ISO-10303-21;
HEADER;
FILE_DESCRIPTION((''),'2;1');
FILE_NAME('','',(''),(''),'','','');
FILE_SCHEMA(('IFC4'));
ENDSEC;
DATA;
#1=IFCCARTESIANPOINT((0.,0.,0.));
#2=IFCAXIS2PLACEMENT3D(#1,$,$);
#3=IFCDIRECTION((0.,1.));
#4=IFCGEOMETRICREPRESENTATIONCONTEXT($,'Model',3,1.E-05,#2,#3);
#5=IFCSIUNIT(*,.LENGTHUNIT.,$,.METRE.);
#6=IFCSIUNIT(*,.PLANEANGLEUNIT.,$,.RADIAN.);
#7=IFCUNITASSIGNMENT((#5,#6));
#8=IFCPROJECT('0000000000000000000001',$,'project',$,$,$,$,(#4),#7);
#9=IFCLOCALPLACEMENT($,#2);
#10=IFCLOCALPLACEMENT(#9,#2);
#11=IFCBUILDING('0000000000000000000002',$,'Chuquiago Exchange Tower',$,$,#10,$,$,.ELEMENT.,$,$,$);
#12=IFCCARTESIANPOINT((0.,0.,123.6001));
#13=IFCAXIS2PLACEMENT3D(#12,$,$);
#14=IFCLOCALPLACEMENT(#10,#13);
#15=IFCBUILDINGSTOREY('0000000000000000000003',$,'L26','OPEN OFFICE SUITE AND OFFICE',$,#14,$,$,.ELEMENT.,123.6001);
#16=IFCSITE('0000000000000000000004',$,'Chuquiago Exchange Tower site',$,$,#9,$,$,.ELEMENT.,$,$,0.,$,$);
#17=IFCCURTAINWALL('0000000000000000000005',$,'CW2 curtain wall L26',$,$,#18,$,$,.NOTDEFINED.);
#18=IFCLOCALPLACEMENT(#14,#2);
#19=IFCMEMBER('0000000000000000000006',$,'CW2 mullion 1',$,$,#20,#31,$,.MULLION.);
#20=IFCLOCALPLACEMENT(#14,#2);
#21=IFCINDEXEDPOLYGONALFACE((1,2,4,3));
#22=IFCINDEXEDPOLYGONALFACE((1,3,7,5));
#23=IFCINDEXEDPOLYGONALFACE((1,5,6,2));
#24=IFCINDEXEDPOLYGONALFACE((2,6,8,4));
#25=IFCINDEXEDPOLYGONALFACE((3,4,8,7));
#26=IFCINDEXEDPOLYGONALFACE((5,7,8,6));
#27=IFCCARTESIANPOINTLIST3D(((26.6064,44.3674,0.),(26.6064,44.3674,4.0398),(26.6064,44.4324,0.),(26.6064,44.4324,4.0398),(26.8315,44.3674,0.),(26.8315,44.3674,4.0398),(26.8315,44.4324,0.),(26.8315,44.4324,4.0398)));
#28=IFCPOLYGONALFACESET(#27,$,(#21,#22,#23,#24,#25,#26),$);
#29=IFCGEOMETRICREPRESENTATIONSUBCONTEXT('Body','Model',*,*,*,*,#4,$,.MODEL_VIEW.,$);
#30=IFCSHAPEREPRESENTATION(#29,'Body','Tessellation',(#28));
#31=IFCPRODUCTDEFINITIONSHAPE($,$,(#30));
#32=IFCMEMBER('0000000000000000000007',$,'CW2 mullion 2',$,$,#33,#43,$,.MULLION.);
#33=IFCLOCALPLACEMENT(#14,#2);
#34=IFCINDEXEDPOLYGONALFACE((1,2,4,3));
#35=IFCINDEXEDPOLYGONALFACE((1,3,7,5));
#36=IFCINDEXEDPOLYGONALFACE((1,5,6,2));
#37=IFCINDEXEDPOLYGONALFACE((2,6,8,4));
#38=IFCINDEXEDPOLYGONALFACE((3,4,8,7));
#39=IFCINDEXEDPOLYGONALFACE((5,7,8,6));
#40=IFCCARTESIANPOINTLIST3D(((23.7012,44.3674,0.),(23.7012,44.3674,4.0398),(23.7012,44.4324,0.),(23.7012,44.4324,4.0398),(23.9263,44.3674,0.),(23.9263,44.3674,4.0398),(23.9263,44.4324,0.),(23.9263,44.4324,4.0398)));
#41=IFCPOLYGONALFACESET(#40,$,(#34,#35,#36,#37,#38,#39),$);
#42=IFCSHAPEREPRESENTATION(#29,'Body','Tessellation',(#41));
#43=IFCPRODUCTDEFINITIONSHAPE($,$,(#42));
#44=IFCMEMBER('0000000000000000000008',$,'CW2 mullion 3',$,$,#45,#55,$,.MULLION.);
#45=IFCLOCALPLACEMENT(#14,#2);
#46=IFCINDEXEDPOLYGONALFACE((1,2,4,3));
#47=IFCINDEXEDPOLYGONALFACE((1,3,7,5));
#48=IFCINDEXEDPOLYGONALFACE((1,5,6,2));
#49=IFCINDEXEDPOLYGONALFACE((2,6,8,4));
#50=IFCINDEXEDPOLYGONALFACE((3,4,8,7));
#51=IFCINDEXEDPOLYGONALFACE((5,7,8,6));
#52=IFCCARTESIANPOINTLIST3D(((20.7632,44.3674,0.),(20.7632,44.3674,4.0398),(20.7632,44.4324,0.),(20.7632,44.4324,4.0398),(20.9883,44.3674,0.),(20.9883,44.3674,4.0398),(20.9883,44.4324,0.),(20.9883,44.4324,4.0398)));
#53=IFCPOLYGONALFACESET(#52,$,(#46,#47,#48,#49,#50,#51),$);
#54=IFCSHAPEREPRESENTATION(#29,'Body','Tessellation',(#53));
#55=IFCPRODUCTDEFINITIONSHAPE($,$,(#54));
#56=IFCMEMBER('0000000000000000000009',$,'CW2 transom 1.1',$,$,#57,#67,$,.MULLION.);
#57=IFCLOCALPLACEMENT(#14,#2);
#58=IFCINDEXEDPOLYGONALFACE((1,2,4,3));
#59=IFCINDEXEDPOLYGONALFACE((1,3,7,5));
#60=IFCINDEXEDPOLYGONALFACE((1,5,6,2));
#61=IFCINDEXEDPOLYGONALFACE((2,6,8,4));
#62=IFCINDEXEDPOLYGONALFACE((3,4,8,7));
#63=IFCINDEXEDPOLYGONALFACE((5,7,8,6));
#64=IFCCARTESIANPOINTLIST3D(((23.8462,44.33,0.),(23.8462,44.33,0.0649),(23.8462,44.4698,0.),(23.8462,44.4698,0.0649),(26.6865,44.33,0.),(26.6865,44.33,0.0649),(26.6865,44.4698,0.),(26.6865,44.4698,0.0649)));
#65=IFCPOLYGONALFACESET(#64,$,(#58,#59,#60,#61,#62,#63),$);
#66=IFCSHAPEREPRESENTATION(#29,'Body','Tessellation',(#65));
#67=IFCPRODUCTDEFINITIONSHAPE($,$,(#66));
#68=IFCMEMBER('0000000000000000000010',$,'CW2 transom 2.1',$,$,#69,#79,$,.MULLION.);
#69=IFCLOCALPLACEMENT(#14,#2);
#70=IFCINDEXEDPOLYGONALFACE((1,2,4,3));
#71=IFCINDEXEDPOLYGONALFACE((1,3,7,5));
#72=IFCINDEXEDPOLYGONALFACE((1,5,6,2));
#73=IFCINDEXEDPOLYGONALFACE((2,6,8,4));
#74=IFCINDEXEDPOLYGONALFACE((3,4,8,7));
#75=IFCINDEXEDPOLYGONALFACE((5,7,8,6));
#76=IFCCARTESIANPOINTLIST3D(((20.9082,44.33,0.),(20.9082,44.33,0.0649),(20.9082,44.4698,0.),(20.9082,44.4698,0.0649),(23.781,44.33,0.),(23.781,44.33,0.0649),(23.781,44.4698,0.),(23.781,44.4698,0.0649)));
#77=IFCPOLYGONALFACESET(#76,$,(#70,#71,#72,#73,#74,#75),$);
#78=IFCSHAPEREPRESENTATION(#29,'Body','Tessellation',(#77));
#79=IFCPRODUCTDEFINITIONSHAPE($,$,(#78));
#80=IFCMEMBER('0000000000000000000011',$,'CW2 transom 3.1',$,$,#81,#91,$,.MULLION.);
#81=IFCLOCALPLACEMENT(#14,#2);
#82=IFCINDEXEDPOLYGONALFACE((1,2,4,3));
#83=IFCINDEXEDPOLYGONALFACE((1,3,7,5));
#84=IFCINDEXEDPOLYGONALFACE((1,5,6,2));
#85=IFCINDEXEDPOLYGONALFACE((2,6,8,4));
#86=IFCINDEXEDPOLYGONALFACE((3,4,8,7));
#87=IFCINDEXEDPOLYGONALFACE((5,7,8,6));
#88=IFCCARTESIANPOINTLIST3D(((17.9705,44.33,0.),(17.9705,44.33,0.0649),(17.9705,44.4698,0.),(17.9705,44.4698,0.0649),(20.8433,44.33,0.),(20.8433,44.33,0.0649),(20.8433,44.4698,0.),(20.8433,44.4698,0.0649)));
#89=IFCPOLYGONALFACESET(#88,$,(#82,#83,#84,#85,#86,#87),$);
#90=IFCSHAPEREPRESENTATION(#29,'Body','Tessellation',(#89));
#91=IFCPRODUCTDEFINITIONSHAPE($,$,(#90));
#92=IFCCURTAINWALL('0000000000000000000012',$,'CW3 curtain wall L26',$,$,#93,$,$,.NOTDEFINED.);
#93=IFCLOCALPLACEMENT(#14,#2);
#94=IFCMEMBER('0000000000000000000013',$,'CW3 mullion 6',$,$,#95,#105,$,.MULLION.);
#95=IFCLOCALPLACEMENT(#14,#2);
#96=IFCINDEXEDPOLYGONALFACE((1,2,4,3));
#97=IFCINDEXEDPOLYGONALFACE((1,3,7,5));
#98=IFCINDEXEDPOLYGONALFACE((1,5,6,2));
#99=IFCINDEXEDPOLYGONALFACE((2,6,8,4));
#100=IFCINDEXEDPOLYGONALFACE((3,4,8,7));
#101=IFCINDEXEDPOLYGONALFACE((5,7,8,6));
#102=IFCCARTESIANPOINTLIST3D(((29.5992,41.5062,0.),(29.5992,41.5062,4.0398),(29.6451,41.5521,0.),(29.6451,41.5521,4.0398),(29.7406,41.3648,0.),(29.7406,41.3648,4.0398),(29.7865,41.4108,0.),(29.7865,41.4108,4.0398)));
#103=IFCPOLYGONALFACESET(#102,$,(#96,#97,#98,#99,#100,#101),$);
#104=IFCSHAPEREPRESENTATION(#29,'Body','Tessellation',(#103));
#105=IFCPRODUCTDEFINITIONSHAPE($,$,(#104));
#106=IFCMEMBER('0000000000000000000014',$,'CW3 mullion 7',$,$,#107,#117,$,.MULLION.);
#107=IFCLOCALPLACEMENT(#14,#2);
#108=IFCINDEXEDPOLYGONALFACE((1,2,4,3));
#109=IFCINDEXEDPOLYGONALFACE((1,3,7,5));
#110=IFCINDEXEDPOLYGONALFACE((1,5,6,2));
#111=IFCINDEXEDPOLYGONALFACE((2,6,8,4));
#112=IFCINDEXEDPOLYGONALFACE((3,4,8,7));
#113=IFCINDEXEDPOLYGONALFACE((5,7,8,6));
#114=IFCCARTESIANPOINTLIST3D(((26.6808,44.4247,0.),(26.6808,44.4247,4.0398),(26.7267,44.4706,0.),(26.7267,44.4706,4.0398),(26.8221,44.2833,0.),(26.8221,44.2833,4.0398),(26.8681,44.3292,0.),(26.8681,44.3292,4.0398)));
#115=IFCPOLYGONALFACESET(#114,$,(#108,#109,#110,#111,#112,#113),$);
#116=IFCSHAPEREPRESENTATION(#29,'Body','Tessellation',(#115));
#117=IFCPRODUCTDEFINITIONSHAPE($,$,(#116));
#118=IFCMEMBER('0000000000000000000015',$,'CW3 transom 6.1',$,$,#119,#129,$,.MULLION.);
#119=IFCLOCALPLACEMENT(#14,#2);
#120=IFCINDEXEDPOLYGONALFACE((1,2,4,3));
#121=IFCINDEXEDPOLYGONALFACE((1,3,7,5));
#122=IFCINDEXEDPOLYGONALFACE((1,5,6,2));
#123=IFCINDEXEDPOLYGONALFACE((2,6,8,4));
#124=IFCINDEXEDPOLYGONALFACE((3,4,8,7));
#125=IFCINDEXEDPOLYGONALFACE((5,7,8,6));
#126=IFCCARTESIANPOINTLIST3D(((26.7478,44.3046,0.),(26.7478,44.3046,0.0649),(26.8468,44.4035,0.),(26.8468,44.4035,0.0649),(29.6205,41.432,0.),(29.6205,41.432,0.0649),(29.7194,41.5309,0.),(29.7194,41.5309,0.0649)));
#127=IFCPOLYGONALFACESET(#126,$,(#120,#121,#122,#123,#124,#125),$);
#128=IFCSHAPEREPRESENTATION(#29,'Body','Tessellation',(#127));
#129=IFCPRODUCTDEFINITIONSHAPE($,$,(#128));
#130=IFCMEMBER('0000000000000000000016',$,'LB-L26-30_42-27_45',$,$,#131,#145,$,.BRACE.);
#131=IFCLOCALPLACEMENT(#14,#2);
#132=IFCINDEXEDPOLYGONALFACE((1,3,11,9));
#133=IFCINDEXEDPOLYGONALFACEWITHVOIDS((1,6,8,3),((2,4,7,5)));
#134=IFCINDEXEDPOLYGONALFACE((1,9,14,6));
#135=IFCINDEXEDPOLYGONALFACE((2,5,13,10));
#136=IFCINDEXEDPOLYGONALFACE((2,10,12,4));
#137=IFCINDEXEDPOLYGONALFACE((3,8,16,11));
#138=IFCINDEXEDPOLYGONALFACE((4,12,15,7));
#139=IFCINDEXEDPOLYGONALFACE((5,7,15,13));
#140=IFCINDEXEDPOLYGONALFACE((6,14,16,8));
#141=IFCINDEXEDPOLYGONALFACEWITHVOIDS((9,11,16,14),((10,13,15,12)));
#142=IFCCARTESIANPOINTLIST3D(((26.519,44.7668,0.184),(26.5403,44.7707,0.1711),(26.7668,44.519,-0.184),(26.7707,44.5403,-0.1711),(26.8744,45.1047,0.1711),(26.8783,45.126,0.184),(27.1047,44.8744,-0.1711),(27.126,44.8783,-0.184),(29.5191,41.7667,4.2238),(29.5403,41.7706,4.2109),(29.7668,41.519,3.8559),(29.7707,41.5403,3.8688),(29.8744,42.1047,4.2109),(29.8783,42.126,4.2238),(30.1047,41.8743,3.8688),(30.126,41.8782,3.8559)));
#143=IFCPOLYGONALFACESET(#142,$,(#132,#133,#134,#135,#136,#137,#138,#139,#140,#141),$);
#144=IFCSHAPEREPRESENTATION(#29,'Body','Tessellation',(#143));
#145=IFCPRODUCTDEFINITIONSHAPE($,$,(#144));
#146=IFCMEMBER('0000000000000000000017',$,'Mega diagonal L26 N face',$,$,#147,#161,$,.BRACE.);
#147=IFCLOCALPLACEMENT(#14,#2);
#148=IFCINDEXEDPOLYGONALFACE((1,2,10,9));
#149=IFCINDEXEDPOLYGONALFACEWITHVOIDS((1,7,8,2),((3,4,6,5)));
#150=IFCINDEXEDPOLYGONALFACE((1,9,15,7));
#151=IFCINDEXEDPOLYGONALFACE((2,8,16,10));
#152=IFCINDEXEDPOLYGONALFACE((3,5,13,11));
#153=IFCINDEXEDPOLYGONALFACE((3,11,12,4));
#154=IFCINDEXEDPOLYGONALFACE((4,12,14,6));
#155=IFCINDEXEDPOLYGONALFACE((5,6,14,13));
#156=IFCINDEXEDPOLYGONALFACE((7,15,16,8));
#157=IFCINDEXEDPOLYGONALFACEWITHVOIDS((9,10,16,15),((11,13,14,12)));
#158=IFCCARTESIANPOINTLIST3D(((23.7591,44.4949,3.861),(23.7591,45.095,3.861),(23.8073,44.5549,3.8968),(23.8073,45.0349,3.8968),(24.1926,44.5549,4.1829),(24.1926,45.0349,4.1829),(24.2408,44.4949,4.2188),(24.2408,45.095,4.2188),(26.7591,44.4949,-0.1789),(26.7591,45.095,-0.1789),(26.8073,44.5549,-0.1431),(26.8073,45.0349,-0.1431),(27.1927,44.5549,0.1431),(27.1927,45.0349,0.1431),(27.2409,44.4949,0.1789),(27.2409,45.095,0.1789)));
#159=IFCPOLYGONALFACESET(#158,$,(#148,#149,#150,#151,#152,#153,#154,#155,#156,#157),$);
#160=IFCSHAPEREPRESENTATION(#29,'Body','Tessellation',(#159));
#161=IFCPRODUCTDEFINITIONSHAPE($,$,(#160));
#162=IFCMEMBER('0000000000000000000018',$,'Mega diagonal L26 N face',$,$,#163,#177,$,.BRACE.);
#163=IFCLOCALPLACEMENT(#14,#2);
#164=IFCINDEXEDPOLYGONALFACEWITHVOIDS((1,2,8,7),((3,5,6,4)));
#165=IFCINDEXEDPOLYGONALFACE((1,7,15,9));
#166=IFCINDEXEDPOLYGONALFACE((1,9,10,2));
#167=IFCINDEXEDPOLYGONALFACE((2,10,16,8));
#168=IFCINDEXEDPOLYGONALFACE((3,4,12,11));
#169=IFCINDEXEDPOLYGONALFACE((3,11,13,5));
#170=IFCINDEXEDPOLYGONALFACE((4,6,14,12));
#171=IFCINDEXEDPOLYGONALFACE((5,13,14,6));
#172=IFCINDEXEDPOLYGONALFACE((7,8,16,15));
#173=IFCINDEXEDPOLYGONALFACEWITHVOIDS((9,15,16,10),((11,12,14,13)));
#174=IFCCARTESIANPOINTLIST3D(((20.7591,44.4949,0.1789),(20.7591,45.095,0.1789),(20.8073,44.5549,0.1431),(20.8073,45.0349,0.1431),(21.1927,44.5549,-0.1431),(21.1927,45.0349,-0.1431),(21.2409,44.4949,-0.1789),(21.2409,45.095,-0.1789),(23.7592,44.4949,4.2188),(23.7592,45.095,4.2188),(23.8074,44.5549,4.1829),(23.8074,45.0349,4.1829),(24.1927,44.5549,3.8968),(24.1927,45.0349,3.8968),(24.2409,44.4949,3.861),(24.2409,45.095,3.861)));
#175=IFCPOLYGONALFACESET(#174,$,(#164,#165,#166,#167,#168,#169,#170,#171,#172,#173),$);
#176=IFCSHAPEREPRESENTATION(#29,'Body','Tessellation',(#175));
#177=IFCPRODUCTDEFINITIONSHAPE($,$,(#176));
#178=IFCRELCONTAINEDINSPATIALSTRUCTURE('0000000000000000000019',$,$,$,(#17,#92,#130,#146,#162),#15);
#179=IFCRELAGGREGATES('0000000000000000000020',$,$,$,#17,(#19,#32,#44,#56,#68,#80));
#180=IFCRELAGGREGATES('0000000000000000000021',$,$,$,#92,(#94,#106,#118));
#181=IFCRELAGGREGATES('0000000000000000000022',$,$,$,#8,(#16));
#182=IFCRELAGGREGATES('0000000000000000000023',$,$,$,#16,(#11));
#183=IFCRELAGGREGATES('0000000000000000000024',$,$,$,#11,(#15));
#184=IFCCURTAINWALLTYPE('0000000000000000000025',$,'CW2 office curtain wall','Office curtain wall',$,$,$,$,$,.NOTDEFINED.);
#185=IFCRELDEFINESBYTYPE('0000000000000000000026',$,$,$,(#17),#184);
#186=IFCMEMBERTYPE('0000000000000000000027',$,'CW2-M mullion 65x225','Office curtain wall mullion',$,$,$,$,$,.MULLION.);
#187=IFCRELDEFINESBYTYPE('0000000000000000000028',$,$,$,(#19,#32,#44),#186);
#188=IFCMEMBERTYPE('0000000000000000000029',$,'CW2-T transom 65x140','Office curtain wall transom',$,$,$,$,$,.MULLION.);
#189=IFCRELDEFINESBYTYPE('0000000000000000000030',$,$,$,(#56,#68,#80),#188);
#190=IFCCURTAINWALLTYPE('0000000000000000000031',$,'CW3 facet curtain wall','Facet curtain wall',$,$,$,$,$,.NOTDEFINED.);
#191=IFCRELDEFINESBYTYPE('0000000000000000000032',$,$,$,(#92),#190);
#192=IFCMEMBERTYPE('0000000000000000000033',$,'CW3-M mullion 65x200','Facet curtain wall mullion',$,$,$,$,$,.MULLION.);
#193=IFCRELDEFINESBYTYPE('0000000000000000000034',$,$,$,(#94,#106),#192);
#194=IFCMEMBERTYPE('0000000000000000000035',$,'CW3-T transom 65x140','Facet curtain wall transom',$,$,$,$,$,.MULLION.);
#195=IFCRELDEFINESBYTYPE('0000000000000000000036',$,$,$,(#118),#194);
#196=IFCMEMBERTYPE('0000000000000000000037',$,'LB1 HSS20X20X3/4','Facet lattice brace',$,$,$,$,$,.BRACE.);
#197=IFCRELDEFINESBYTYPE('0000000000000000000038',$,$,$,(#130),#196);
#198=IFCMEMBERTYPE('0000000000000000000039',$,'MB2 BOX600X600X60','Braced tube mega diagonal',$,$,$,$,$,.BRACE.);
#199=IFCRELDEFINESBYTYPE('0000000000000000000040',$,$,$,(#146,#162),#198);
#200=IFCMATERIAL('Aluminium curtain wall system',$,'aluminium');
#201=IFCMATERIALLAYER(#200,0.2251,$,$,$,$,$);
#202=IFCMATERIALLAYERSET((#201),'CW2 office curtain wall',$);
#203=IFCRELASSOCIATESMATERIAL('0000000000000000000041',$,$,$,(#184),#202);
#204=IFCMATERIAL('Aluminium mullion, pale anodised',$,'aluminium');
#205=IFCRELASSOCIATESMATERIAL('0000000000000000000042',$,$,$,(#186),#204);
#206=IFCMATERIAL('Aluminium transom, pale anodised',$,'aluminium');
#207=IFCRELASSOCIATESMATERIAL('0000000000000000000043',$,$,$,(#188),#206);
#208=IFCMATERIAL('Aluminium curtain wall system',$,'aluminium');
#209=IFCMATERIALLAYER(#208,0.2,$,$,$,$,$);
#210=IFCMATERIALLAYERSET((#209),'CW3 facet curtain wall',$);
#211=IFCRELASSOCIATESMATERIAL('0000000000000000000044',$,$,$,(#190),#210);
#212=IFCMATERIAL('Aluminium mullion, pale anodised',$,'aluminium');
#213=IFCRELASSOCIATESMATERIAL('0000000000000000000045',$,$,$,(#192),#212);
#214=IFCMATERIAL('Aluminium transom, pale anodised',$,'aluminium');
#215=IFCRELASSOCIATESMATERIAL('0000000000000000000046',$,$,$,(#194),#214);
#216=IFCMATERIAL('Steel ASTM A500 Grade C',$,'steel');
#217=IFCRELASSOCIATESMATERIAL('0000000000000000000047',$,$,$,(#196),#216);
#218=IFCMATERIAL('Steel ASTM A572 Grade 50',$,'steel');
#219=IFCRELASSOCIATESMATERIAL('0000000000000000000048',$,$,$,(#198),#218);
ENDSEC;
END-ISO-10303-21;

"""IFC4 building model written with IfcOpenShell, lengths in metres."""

from ifc_helpers import new_model, si_unit, direction, frame, origin, origin_2d, place, context, subcontext, project, spatial, rectangle, hollow_rectangle, extrude, material, layer, layer_set, material_profile, profile_set, type_object, element, aggregate, save


model = new_model("IFC4")

# Units and contexts
model_context = context("Model", 3, precision=1e-05, world=origin(), true_north=direction((0.0, 1.0)))
body_context = subcontext(model_context, "Body", "Model", "MODEL_VIEW")
ifc_project = project(units=[si_unit("LENGTHUNIT", "METRE"), si_unit("PLANEANGLEUNIT", "RADIAN")], contexts=[model_context])

# Site, building, storey
site_placement = place(None, origin())
site = spatial("IfcSite", under=ifc_project, at=site_placement, Name="Chuquiago Exchange Tower site", CompositionType="ELEMENT", RefElevation=0.0)
building_placement = place(site_placement, origin())
building = spatial("IfcBuilding", under=site, at=building_placement, Name="Chuquiago Exchange Tower", CompositionType="ELEMENT")
storey_placement = place(building_placement, frame((0.0, 0.0, 123.6001)))
storey = spatial("IfcBuildingStorey", under=building, at=storey_placement, Name="L26", Description="OPEN OFFICE SUITE AND OFFICE", CompositionType="ELEMENT", Elevation=123.6001)

# Curtain walls, members
ifc_material_1 = material(Name="Aluminium curtain wall system", Category="aluminium")
ifc_layer_1 = layer(ifc_material_1, 0.2251)
ifc_layer_set_1 = layer_set([ifc_layer_1], Name="CW2 office curtain wall")
curtain_wall_type_1 = type_object("IfcCurtainWallType", Name="CW2 office curtain wall", Description="Office curtain wall", PredefinedType="NOTDEFINED", material=ifc_layer_set_1)
curtain_wall_1_placement = place(storey_placement, origin())
curtain_wall_1 = element("IfcCurtainWall", 1, at=curtain_wall_1_placement, inside=storey, type_object=curtain_wall_type_1, Name="CW2 curtain wall L26", PredefinedType="NOTDEFINED")
ifc_material_2 = material(Name="Aluminium mullion, pale anodised", Category="aluminium")
ifc_material_profile_1 = material_profile(ifc_material_2, rectangle(XDim=0.0649, YDim=0.2251, at=origin_2d()), Name="AL 65x225")
ifc_profile_set_1 = profile_set([ifc_material_profile_1], Name="Aluminium mullion, pale anodised")
member_type_1 = type_object("IfcMemberType", Name="CW2-M mullion 65x225", Description="Office curtain wall mullion", PredefinedType="MULLION", material=ifc_profile_set_1)
member_1_placement = place(storey_placement, frame((26.719, 44.3999, 0.0), z_axis=(0.0, 0.0, 1.0), x_axis=(0.0, -1.0, 0.0)))
member_1 = element("IfcMember", 2, at=member_1_placement, type_object=member_type_1, Name="CW2 mullion 1", PredefinedType="MULLION", context=body_context, shape_type="SweptSolid", body=[
    extrude(rectangle(XDim=0.0649, YDim=0.2251, at=origin_2d()), origin(), (0.0, 0.0, 1.0), 4.0398),
])
member_2_placement = place(storey_placement, frame((23.8137, 44.3999, 0.0), z_axis=(0.0, 0.0, 1.0), x_axis=(0.0, -1.0, 0.0)))
member_2 = element("IfcMember", 3, at=member_2_placement, type_object=member_type_1, Name="CW2 mullion 2", PredefinedType="MULLION", context=body_context, shape_type="SweptSolid", body=[
    extrude(rectangle(XDim=0.0649, YDim=0.2251, at=origin_2d()), origin(), (0.0, 0.0, 1.0), 4.0398),
])
member_3_placement = place(storey_placement, frame((20.8757, 44.3999, 0.0), z_axis=(0.0, 0.0, 1.0), x_axis=(0.0, -1.0, 0.0)))
member_3 = element("IfcMember", 4, at=member_3_placement, type_object=member_type_1, Name="CW2 mullion 3", PredefinedType="MULLION", context=body_context, shape_type="SweptSolid", body=[
    extrude(rectangle(XDim=0.0649, YDim=0.2251, at=origin_2d()), origin(), (0.0, 0.0, 1.0), 4.0398),
])
ifc_material_3 = material(Name="Aluminium transom, pale anodised", Category="aluminium")
ifc_material_profile_2 = material_profile(ifc_material_3, rectangle(XDim=0.1399, YDim=0.0649, at=origin_2d()), Name="AL 140x65")
ifc_profile_set_2 = profile_set([ifc_material_profile_2], Name="Aluminium transom, pale anodised")
member_type_2 = type_object("IfcMemberType", Name="CW2-T transom 65x140", Description="Office curtain wall transom", PredefinedType="MULLION", material=ifc_profile_set_2)
member_4_placement = place(storey_placement, frame((26.6865, 44.3999, 0.0325), z_axis=(-1.0, 0.0, 0.0), x_axis=(0.0, -1.0, 0.0)))
member_4 = element("IfcMember", 5, at=member_4_placement, type_object=member_type_2, Name="CW2 transom 1.1", PredefinedType="MULLION", context=body_context, shape_type="SweptSolid", body=[
    extrude(rectangle(XDim=0.1399, YDim=0.0649, at=origin_2d()), origin(), (0.0, 0.0, 1.0), 2.8403),
])
member_5_placement = place(storey_placement, frame((23.781, 44.3999, 0.0325), z_axis=(-1.0, 0.0, 0.0), x_axis=(0.0, -1.0, 0.0)))
member_5 = element("IfcMember", 6, at=member_5_placement, type_object=member_type_2, Name="CW2 transom 2.1", PredefinedType="MULLION", context=body_context, shape_type="SweptSolid", body=[
    extrude(rectangle(XDim=0.1399, YDim=0.0649, at=origin_2d()), origin(), (0.0, 0.0, 1.0), 2.8728),
])
member_6_placement = place(storey_placement, frame((20.8433, 44.3999, 0.0325), z_axis=(-1.0, 0.0, 0.0), x_axis=(0.0, -1.0, 0.0)))
member_6 = element("IfcMember", 7, at=member_6_placement, type_object=member_type_2, Name="CW2 transom 3.1", PredefinedType="MULLION", context=body_context, shape_type="SweptSolid", body=[
    extrude(rectangle(XDim=0.1399, YDim=0.0649, at=origin_2d()), origin(), (0.0, 0.0, 1.0), 2.8728),
])
ifc_material_4 = material(Name="Aluminium curtain wall system", Category="aluminium")
ifc_layer_2 = layer(ifc_material_4, 0.2)
ifc_layer_set_2 = layer_set([ifc_layer_2], Name="CW3 facet curtain wall")
curtain_wall_type_2 = type_object("IfcCurtainWallType", Name="CW3 facet curtain wall", Description="Facet curtain wall", PredefinedType="NOTDEFINED", material=ifc_layer_set_2)
curtain_wall_2_placement = place(storey_placement, origin())
curtain_wall_2 = element("IfcCurtainWall", 8, at=curtain_wall_2_placement, inside=storey, type_object=curtain_wall_type_2, Name="CW3 curtain wall L26", PredefinedType="NOTDEFINED")
ifc_material_5 = material(Name="Aluminium mullion, pale anodised", Category="aluminium")
ifc_material_profile_3 = material_profile(ifc_material_5, rectangle(XDim=0.0649, YDim=0.2, at=origin_2d()), Name="AL 65x200")
ifc_profile_set_3 = profile_set([ifc_material_profile_3], Name="Aluminium mullion, pale anodised")
member_type_3 = type_object("IfcMemberType", Name="CW3-M mullion 65x200", Description="Facet curtain wall mullion", PredefinedType="MULLION", material=ifc_profile_set_3)
member_7_placement = place(storey_placement, frame((29.6929, 41.4585, 0.0), z_axis=(0.0, 0.0, 1.0), x_axis=(-0.707107, -0.707107, 0.0)))
member_7 = element("IfcMember", 9, at=member_7_placement, type_object=member_type_3, Name="CW3 mullion 6", PredefinedType="MULLION", context=body_context, shape_type="SweptSolid", body=[
    extrude(rectangle(XDim=0.0649, YDim=0.2, at=origin_2d()), origin(), (0.0, 0.0, 1.0), 4.0398),
])
member_8_placement = place(storey_placement, frame((26.7744, 44.377, 0.0), z_axis=(0.0, 0.0, 1.0), x_axis=(-0.707107, -0.707107, 0.0)))
member_8 = element("IfcMember", 10, at=member_8_placement, type_object=member_type_3, Name="CW3 mullion 7", PredefinedType="MULLION", context=body_context, shape_type="SweptSolid", body=[
    extrude(rectangle(XDim=0.0649, YDim=0.2, at=origin_2d()), origin(), (0.0, 0.0, 1.0), 4.0398),
])
ifc_material_6 = material(Name="Aluminium transom, pale anodised", Category="aluminium")
ifc_material_profile_4 = material_profile(ifc_material_6, rectangle(XDim=0.1399, YDim=0.0649, at=origin_2d()), Name="AL 140x65")
ifc_profile_set_4 = profile_set([ifc_material_profile_4], Name="Aluminium transom, pale anodised")
member_type_4 = type_object("IfcMemberType", Name="CW3-T transom 65x140", Description="Facet curtain wall transom", PredefinedType="MULLION", material=ifc_profile_set_4)
member_9_placement = place(storey_placement, frame((29.6699, 41.4814, 0.0325), z_axis=(-0.707107, 0.707107, 0.0), x_axis=(-0.707107, -0.707107, 0.0)))
member_9 = element("IfcMember", 11, at=member_9_placement, type_object=member_type_4, Name="CW3 transom 6.1", PredefinedType="MULLION", context=body_context, shape_type="SweptSolid", body=[
    extrude(rectangle(XDim=0.1399, YDim=0.0649, at=origin_2d()), origin(), (0.0, 0.0, 1.0), 4.0625),
])

# Members
ifc_material_7 = material(Name="Steel ASTM A500 Grade C", Category="steel")
ifc_material_profile_5 = material_profile(ifc_material_7, hollow_rectangle(XDim=0.5081, YDim=0.5081, WallThickness=0.0178, at=origin_2d()), Name="HSS20X20X3/4")
ifc_profile_set_5 = profile_set([ifc_material_profile_5], Name="Steel ASTM A500 Grade C")
member_type_5 = type_object("IfcMemberType", Name="LB1 HSS20X20X3/4", Description="Facet lattice brace", PredefinedType="BRACE", material=ifc_profile_set_5)
member_10_placement = place(storey_placement, frame((26.8225, 44.8225, 0.0), z_axis=(0.512092, -0.512092, 0.689582), x_axis=(0.707107, 0.707107, 0.0)))
element("IfcMember", 12, at=member_10_placement, inside=storey, type_object=member_type_5, Name="LB-L26-30_42-27_45", PredefinedType="BRACE", context=body_context, shape_type="SweptSolid", body=[
    extrude(hollow_rectangle(XDim=0.5081, YDim=0.5081, WallThickness=0.0178, at=origin_2d()), origin(), (0.0, 0.0, 1.0), 5.8584),
])
ifc_material_8 = material(Name="Steel ASTM A572 Grade 50", Category="steel")
ifc_material_profile_6 = material_profile(ifc_material_8, hollow_rectangle(XDim=0.6001, YDim=0.6001, WallThickness=0.0601, at=origin_2d()), Name="BOX600X600X60")
ifc_profile_set_6 = profile_set([ifc_material_profile_6], Name="Steel ASTM A572 Grade 50")
member_type_6 = type_object("IfcMemberType", Name="MB2 BOX600X600X60", Description="Braced tube mega diagonal", PredefinedType="BRACE", material=ifc_profile_set_6)
for number, where, z_axis, x_axis, name in (
    (13, (27.0, 44.7949, 0.0), (-0.596197, 0.0, 0.802838), (0.0, -1.0, 0.0), "Mega diagonal L26 N face"),
    (14, (21.0, 44.7949, 0.0), (0.596197, 0.0, 0.802838), (0.0, 1.0, 0.0), "Mega diagonal L26 N face"),
):
    element("IfcMember", number, at=place(storey_placement, frame(where, z_axis=z_axis, x_axis=x_axis)), inside=storey, type_object=member_type_6, Name=name, PredefinedType="BRACE", context=body_context, shape_type="SweptSolid", body=[
        extrude(hollow_rectangle(XDim=0.6001, YDim=0.6001, WallThickness=0.0601, at=origin_2d()), origin(), (0.0, 0.0, 1.0), 5.032),
    ])

aggregate(curtain_wall_1, [member_1, member_2, member_3, member_4, member_5, member_6])
aggregate(curtain_wall_2, [member_7, member_8, member_9])

save(model, "model.ifc")
